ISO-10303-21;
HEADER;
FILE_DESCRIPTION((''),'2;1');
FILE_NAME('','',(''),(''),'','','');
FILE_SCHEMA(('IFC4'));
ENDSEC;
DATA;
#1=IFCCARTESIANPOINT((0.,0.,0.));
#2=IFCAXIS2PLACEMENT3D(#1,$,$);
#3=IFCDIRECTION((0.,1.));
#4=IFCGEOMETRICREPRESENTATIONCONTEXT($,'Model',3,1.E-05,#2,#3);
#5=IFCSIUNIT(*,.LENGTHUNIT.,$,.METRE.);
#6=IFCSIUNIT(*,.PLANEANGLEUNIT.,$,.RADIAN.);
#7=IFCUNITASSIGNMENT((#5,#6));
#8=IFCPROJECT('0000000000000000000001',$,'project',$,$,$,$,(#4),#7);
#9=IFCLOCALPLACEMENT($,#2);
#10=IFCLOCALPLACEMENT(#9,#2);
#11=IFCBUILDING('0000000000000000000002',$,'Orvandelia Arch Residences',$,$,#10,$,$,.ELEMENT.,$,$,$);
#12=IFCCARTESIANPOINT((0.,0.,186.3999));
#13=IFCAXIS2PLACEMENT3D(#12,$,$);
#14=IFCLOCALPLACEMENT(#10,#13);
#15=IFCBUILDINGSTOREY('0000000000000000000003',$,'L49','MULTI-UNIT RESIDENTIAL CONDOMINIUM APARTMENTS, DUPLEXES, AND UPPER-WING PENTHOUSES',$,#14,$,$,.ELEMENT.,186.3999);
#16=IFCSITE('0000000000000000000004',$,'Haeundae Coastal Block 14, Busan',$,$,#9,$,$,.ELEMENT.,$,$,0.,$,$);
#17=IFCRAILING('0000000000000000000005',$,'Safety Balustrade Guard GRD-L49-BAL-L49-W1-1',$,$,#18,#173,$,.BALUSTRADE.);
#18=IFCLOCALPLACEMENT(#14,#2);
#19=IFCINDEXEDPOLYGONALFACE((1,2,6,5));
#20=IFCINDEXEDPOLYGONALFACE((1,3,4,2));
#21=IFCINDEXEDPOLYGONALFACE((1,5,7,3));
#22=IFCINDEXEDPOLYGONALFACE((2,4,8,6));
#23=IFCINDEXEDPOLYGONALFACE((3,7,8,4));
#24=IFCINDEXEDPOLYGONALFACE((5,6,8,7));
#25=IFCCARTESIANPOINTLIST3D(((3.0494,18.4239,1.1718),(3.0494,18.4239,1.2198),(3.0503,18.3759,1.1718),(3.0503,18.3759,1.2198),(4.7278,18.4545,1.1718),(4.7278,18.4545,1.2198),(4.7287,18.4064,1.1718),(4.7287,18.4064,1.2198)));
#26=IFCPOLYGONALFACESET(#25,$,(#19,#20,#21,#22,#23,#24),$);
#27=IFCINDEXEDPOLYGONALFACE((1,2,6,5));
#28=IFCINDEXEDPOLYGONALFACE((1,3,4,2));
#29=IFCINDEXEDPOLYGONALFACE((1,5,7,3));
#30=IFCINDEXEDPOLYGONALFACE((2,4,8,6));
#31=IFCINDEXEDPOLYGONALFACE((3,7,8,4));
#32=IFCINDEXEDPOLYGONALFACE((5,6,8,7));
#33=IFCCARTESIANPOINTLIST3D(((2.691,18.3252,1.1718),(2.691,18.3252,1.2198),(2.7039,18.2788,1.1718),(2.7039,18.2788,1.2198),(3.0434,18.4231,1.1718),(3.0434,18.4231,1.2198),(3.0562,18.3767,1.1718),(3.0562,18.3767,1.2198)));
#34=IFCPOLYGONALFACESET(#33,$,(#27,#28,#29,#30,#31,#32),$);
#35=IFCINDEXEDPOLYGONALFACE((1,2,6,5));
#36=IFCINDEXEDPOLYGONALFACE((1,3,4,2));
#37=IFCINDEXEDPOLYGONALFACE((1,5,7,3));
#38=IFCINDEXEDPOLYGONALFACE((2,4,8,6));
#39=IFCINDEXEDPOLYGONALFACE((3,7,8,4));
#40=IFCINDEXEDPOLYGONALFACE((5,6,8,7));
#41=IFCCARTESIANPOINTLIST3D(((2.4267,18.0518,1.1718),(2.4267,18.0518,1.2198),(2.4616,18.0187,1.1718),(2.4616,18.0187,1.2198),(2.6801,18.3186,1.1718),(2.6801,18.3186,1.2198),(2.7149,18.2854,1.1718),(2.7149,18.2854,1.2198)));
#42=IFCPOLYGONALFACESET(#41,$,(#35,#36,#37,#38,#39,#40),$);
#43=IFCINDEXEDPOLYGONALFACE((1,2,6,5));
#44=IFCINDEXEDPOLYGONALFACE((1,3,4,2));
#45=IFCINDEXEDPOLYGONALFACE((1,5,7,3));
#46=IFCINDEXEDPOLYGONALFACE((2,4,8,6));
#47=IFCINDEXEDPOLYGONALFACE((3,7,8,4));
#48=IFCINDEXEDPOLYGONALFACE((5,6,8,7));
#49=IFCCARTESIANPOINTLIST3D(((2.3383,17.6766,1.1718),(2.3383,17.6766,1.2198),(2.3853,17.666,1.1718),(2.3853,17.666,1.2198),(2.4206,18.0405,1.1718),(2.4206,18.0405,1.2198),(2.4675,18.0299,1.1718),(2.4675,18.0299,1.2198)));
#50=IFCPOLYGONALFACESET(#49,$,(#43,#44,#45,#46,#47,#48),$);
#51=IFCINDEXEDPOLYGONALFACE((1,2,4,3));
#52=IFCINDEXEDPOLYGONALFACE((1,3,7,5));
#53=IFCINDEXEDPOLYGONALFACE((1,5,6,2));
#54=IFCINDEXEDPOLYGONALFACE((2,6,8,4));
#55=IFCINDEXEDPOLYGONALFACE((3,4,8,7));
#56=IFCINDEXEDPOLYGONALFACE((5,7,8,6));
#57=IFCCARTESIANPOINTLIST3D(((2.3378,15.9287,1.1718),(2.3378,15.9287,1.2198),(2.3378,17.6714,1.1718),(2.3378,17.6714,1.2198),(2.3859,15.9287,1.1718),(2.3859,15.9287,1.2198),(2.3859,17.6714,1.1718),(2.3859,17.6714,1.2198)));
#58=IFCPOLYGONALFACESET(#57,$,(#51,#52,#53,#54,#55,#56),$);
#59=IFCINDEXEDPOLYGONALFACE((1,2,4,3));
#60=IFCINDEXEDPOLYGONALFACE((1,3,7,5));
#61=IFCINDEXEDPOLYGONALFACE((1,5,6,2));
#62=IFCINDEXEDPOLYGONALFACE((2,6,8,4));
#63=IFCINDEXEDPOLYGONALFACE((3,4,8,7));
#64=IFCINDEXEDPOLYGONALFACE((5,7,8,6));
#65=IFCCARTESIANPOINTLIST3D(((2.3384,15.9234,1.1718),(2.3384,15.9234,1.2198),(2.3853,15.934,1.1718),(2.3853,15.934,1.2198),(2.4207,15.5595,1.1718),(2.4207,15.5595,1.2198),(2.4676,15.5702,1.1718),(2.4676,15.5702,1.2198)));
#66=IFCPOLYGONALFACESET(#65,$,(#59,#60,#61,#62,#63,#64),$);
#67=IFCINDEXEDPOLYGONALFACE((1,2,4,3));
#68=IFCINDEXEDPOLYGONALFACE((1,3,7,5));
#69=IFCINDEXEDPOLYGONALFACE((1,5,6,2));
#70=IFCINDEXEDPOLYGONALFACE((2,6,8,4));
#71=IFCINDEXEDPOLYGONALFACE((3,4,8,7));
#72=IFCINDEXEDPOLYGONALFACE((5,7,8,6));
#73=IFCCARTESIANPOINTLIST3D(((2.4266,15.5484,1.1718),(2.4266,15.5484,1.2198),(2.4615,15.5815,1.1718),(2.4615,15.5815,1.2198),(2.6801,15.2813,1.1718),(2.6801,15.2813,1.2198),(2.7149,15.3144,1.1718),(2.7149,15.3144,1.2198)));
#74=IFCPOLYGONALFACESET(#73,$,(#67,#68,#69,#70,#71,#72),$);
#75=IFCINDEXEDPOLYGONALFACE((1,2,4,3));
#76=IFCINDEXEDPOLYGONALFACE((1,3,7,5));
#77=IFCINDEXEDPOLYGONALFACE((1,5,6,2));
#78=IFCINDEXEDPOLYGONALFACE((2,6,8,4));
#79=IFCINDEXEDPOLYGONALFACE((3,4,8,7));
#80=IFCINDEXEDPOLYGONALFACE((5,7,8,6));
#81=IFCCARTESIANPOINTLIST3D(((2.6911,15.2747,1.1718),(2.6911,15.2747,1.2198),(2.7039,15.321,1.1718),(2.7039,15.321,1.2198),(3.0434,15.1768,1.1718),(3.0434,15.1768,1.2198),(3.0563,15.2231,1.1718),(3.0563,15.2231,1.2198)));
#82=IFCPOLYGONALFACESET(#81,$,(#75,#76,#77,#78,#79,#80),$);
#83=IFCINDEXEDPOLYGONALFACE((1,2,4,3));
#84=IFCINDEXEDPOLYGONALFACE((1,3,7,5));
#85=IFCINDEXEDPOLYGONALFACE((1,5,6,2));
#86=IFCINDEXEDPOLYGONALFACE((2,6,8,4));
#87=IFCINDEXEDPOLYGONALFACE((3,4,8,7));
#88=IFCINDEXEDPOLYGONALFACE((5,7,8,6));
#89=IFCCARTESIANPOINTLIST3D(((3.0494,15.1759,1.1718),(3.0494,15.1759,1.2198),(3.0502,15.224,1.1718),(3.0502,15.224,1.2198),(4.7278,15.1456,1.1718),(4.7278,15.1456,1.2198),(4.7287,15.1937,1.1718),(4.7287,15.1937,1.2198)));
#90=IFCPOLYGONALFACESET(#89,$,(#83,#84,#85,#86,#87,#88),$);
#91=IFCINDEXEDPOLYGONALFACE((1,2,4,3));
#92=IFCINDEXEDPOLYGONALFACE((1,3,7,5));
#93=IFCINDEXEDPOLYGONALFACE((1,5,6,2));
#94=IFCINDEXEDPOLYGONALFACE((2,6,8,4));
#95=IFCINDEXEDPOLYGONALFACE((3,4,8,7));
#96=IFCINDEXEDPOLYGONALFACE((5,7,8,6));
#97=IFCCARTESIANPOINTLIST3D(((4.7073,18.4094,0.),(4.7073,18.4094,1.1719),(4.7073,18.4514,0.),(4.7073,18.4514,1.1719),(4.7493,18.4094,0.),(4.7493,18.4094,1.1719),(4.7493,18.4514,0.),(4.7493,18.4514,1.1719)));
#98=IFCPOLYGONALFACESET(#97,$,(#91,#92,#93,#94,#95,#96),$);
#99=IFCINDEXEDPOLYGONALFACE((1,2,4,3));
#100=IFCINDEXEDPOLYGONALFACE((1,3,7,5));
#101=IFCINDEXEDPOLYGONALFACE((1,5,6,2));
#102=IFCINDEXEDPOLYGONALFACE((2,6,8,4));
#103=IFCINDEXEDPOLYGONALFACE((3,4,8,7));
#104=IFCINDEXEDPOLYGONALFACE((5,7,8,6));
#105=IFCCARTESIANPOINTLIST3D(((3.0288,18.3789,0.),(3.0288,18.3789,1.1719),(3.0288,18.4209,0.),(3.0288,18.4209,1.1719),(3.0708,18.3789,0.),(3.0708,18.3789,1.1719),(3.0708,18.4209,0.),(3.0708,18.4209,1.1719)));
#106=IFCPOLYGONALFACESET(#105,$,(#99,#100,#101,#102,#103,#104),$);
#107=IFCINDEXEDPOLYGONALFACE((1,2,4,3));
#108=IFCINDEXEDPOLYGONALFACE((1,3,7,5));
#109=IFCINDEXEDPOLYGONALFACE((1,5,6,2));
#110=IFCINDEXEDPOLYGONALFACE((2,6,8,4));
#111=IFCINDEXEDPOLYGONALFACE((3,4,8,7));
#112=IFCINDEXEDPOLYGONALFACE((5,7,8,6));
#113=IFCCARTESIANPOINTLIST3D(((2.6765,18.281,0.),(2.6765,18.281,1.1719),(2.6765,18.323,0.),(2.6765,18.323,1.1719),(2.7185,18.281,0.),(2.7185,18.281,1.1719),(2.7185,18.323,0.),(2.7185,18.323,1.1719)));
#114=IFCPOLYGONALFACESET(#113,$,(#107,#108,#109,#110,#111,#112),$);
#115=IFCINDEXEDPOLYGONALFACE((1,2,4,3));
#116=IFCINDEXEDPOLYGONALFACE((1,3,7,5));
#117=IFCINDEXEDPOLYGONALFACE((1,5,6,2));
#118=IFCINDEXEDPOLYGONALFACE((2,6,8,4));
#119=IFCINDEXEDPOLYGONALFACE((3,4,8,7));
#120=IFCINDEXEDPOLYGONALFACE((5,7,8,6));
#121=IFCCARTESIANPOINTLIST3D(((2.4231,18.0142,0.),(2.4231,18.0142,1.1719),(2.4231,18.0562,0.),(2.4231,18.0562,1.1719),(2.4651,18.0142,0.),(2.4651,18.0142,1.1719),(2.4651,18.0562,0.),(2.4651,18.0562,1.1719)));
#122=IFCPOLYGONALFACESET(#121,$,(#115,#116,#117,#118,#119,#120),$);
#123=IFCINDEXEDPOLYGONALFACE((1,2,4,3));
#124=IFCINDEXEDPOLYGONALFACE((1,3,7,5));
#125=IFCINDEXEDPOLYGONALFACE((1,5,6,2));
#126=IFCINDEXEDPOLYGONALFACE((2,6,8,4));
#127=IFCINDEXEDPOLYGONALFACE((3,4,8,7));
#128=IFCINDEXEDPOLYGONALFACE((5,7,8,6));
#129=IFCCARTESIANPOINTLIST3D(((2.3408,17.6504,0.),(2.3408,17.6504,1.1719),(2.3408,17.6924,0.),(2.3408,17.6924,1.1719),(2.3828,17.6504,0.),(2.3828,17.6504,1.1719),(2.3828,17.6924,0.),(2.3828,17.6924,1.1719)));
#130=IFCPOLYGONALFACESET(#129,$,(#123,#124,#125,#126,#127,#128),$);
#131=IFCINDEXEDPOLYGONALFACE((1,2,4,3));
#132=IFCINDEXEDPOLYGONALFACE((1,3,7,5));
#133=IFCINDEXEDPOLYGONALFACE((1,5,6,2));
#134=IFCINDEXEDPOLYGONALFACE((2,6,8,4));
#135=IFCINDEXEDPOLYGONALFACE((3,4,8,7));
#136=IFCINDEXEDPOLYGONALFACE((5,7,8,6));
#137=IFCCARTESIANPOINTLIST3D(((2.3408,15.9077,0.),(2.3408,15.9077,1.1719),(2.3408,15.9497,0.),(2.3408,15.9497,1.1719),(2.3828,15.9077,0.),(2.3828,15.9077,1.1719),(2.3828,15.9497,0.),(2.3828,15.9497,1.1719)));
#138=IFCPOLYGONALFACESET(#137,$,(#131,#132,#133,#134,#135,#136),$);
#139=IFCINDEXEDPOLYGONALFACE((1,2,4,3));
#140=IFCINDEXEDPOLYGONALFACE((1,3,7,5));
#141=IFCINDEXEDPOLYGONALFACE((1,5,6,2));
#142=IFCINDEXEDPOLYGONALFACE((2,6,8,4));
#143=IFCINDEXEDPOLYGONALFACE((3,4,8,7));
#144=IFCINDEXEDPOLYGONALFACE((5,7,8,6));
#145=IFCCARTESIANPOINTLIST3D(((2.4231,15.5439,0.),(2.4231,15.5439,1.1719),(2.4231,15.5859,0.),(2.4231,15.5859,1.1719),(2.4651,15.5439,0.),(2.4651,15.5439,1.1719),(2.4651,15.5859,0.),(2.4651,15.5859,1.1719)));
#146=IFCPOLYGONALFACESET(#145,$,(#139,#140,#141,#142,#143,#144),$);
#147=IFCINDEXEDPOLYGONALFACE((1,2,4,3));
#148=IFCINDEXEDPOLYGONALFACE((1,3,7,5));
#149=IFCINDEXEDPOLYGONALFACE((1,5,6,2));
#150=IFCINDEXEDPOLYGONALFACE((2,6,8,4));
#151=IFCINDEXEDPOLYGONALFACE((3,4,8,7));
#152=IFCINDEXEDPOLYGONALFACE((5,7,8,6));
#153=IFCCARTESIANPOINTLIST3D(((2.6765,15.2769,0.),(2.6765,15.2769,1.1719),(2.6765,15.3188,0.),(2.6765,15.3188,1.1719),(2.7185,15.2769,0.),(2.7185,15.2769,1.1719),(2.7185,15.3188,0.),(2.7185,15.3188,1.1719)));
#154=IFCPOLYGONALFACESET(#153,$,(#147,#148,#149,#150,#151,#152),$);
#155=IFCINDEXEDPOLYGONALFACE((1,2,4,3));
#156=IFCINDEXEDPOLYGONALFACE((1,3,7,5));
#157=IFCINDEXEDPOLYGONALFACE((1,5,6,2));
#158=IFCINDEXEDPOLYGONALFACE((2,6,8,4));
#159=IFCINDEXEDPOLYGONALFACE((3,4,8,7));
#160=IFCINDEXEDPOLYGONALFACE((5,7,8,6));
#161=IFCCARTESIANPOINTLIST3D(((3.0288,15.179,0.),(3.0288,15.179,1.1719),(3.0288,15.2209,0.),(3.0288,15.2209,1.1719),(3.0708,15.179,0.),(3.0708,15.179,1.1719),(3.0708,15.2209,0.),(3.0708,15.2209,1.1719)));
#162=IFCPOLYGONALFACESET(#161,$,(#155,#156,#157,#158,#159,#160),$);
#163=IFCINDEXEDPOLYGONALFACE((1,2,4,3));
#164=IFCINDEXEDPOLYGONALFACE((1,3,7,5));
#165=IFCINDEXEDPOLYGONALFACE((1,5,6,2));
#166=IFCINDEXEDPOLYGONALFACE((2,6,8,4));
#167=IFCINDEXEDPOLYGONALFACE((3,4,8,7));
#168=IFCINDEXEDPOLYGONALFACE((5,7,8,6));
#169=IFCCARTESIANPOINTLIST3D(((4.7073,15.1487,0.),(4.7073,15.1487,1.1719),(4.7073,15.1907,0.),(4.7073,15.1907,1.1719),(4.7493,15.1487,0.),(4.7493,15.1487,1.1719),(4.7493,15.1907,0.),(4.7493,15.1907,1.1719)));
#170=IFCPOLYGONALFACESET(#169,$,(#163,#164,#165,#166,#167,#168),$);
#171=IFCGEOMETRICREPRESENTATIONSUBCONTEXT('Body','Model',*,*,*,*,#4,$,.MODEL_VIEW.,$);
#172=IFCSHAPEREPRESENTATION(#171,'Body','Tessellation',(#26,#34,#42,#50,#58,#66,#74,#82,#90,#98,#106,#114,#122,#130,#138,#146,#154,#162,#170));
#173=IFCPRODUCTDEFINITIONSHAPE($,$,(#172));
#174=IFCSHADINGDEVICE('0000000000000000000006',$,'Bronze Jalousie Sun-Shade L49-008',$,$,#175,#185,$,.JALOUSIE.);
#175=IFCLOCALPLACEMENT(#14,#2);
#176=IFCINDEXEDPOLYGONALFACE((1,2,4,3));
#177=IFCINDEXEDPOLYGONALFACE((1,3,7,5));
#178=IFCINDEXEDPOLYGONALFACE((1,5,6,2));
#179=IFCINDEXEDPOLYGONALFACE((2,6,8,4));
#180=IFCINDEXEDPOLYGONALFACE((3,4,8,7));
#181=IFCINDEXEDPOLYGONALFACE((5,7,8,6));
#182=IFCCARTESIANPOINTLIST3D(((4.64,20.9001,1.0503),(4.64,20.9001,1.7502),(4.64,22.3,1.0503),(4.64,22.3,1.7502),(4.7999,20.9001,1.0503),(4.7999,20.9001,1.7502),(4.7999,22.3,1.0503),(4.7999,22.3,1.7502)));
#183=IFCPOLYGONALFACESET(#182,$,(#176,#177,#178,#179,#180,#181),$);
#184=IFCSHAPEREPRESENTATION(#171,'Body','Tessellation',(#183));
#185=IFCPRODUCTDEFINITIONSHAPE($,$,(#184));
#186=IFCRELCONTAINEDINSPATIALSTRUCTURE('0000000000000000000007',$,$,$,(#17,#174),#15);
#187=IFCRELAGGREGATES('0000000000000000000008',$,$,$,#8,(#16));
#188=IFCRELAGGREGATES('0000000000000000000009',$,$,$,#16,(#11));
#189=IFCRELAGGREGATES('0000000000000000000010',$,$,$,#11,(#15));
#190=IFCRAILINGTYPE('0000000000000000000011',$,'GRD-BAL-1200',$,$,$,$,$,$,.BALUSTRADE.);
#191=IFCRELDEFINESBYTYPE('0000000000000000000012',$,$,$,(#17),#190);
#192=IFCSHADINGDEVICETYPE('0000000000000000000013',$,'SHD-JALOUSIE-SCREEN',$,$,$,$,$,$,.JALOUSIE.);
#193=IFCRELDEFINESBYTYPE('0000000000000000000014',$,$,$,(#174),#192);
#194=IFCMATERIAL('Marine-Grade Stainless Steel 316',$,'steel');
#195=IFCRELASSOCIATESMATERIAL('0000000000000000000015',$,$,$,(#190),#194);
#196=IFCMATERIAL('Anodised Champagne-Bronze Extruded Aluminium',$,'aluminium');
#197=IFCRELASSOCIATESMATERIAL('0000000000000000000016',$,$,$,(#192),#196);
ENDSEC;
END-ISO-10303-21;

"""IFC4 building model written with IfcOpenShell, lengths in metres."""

from ifc_helpers import new_model, si_unit, direction, frame, origin, origin_2d, place, context, subcontext, project, spatial, rectangle, extrude, material, type_object, element, save


model = new_model("IFC4")

# Units and contexts
model_context = context("Model", 3, precision=1e-05, world=origin(), true_north=direction((0.0, 1.0)))
body_context = subcontext(model_context, "Body", "Model", "MODEL_VIEW")
ifc_project = project(units=[si_unit("LENGTHUNIT", "METRE"), si_unit("PLANEANGLEUNIT", "RADIAN")], contexts=[model_context])

# Site, building, storey
site_placement = place(None, origin())
site = spatial("IfcSite", under=ifc_project, at=site_placement, Name="Haeundae Coastal Block 14, Busan", CompositionType="ELEMENT", RefElevation=0.0)
building_placement = place(site_placement, origin())
building = spatial("IfcBuilding", under=site, at=building_placement, Name="Orvandelia Arch Residences", CompositionType="ELEMENT")
storey_placement = place(building_placement, frame((0.0, 0.0, 186.3999)))
storey = spatial("IfcBuildingStorey", under=building, at=storey_placement, Name="L49", Description="MULTI-UNIT RESIDENTIAL CONDOMINIUM APARTMENTS, DUPLEXES, AND UPPER-WING PENTHOUSES", CompositionType="ELEMENT", Elevation=186.3999)

# Railing
ifc_material_1 = material(Name="Marine-Grade Stainless Steel 316", Category="steel")
railing_type = type_object("IfcRailingType", Name="GRD-BAL-1200", PredefinedType="BALUSTRADE", material=ifc_material_1)
railing_placement = place(storey_placement, frame((4.7283, 18.4304, 0.0)))
element("IfcRailing", 1, at=railing_placement, inside=storey, type_object=railing_type, Name="Safety Balustrade Guard GRD-L49-BAL-L49-W1-1", PredefinedType="BALUSTRADE", context=body_context, shape_type="SweptSolid", body=[
    extrude(rectangle(XDim=0.0481, YDim=0.0481, at=origin_2d()), frame((0.0, 0.0, 1.1958), z_axis=(-0.999835, -0.018179, 0.0), x_axis=(0.018179, -0.999835, 0.0)), (0.0, 0.0, 1.0), 1.6787),
    extrude(rectangle(XDim=0.0481, YDim=0.0481, at=origin_2d()), frame((-1.6785, -0.0305, 1.1958), z_axis=(-0.963489, -0.267747, 0.0), x_axis=(0.267747, -0.963489, 0.0)), (0.0, 0.0, 1.0), 0.3657),
    extrude(rectangle(XDim=0.0481, YDim=0.0481, at=origin_2d()), frame((-2.0308, -0.1284, 1.1958), z_axis=(-0.688627, -0.725115, 0.0), x_axis=(0.725115, -0.688627, 0.0)), (0.0, 0.0, 1.0), 0.3679),
    extrude(rectangle(XDim=0.0481, YDim=0.0481, at=origin_2d()), frame((-2.2842, -0.3953, 1.1958), z_axis=(-0.220602, -0.975364, 0.0), x_axis=(0.975364, -0.220602, 0.0)), (0.0, 0.0, 1.0), 0.373),
    extrude(rectangle(XDim=0.0481, YDim=0.0481, at=origin_2d()), frame((-2.3665, -0.759, 1.1958), z_axis=(0.0, -1.0, 0.0), x_axis=(1.0, 0.0, 0.0)), (0.0, 0.0, 1.0), 1.7427),
    extrude(rectangle(XDim=0.0481, YDim=0.0481, at=origin_2d()), frame((-2.3665, -2.5017, 1.1958), z_axis=(0.220602, -0.975364, 0.0), x_axis=(0.975364, 0.220602, 0.0)), (0.0, 0.0, 1.0), 0.373),
    extrude(rectangle(XDim=0.0481, YDim=0.0481, at=origin_2d()), frame((-2.2842, -2.8655, 1.1958), z_axis=(0.688296, -0.72543, 0.0), x_axis=(0.72543, 0.688296, 0.0)), (0.0, 0.0, 1.0), 0.3682),
    extrude(rectangle(XDim=0.0481, YDim=0.0481, at=origin_2d()), frame((-2.0308, -3.1326, 1.1958), z_axis=(0.963489, -0.267747, 0.0), x_axis=(0.267747, 0.963489, 0.0)), (0.0, 0.0, 1.0), 0.3657),
    extrude(rectangle(XDim=0.0481, YDim=0.0481, at=origin_2d()), frame((-1.6785, -3.2305, 1.1958), z_axis=(0.999837, -0.018033, 0.0), x_axis=(0.018033, 0.999837, 0.0)), (0.0, 0.0, 1.0), 1.6787),
    extrude(rectangle(XDim=0.042, YDim=0.042, at=origin_2d()), origin(), (0.0, 0.0, 1.0), 1.1719),
    extrude(rectangle(XDim=0.042, YDim=0.042, at=origin_2d()), frame((-1.6785, -0.0305, 0.0)), (0.0, 0.0, 1.0), 1.1719),
    extrude(rectangle(XDim=0.042, YDim=0.042, at=origin_2d()), frame((-2.0308, -0.1284, 0.0)), (0.0, 0.0, 1.0), 1.1719),
    extrude(rectangle(XDim=0.042, YDim=0.042, at=origin_2d()), frame((-2.2842, -0.3953, 0.0)), (0.0, 0.0, 1.0), 1.1719),
    extrude(rectangle(XDim=0.042, YDim=0.042, at=origin_2d()), frame((-2.3665, -0.759, 0.0)), (0.0, 0.0, 1.0), 1.1719),
    extrude(rectangle(XDim=0.042, YDim=0.042, at=origin_2d()), frame((-2.3665, -2.5017, 0.0)), (0.0, 0.0, 1.0), 1.1719),
    extrude(rectangle(XDim=0.042, YDim=0.042, at=origin_2d()), frame((-2.2842, -2.8655, 0.0)), (0.0, 0.0, 1.0), 1.1719),
    extrude(rectangle(XDim=0.042, YDim=0.042, at=origin_2d()), frame((-2.0308, -3.1326, 0.0)), (0.0, 0.0, 1.0), 1.1719),
    extrude(rectangle(XDim=0.042, YDim=0.042, at=origin_2d()), frame((-1.6785, -3.2305, 0.0)), (0.0, 0.0, 1.0), 1.1719),
    extrude(rectangle(XDim=0.042, YDim=0.042, at=origin_2d()), frame((0.0, -3.2607, 0.0)), (0.0, 0.0, 1.0), 1.1719),
])

# Shading device
ifc_material_2 = material(Name="Anodised Champagne-Bronze Extruded Aluminium", Category="aluminium")
shading_device_type = type_object("IfcShadingDeviceType", Name="SHD-JALOUSIE-SCREEN", PredefinedType="JALOUSIE", material=ifc_material_2)
shading_device_placement = place(storey_placement, frame((4.72, 21.6001, 1.0503), z_axis=(0.0, 0.0, 1.0), x_axis=(0.0, 1.0, 0.0)))
element("IfcShadingDevice", 2, at=shading_device_placement, inside=storey, type_object=shading_device_type, Name="Bronze Jalousie Sun-Shade L49-008", PredefinedType="JALOUSIE", context=body_context, shape_type="SweptSolid", body=[
    extrude(rectangle(XDim=1.3999, YDim=0.1599, at=origin_2d()), origin(), (0.0, 0.0, 1.0), 0.7),
])

save(model, "model.ifc")
